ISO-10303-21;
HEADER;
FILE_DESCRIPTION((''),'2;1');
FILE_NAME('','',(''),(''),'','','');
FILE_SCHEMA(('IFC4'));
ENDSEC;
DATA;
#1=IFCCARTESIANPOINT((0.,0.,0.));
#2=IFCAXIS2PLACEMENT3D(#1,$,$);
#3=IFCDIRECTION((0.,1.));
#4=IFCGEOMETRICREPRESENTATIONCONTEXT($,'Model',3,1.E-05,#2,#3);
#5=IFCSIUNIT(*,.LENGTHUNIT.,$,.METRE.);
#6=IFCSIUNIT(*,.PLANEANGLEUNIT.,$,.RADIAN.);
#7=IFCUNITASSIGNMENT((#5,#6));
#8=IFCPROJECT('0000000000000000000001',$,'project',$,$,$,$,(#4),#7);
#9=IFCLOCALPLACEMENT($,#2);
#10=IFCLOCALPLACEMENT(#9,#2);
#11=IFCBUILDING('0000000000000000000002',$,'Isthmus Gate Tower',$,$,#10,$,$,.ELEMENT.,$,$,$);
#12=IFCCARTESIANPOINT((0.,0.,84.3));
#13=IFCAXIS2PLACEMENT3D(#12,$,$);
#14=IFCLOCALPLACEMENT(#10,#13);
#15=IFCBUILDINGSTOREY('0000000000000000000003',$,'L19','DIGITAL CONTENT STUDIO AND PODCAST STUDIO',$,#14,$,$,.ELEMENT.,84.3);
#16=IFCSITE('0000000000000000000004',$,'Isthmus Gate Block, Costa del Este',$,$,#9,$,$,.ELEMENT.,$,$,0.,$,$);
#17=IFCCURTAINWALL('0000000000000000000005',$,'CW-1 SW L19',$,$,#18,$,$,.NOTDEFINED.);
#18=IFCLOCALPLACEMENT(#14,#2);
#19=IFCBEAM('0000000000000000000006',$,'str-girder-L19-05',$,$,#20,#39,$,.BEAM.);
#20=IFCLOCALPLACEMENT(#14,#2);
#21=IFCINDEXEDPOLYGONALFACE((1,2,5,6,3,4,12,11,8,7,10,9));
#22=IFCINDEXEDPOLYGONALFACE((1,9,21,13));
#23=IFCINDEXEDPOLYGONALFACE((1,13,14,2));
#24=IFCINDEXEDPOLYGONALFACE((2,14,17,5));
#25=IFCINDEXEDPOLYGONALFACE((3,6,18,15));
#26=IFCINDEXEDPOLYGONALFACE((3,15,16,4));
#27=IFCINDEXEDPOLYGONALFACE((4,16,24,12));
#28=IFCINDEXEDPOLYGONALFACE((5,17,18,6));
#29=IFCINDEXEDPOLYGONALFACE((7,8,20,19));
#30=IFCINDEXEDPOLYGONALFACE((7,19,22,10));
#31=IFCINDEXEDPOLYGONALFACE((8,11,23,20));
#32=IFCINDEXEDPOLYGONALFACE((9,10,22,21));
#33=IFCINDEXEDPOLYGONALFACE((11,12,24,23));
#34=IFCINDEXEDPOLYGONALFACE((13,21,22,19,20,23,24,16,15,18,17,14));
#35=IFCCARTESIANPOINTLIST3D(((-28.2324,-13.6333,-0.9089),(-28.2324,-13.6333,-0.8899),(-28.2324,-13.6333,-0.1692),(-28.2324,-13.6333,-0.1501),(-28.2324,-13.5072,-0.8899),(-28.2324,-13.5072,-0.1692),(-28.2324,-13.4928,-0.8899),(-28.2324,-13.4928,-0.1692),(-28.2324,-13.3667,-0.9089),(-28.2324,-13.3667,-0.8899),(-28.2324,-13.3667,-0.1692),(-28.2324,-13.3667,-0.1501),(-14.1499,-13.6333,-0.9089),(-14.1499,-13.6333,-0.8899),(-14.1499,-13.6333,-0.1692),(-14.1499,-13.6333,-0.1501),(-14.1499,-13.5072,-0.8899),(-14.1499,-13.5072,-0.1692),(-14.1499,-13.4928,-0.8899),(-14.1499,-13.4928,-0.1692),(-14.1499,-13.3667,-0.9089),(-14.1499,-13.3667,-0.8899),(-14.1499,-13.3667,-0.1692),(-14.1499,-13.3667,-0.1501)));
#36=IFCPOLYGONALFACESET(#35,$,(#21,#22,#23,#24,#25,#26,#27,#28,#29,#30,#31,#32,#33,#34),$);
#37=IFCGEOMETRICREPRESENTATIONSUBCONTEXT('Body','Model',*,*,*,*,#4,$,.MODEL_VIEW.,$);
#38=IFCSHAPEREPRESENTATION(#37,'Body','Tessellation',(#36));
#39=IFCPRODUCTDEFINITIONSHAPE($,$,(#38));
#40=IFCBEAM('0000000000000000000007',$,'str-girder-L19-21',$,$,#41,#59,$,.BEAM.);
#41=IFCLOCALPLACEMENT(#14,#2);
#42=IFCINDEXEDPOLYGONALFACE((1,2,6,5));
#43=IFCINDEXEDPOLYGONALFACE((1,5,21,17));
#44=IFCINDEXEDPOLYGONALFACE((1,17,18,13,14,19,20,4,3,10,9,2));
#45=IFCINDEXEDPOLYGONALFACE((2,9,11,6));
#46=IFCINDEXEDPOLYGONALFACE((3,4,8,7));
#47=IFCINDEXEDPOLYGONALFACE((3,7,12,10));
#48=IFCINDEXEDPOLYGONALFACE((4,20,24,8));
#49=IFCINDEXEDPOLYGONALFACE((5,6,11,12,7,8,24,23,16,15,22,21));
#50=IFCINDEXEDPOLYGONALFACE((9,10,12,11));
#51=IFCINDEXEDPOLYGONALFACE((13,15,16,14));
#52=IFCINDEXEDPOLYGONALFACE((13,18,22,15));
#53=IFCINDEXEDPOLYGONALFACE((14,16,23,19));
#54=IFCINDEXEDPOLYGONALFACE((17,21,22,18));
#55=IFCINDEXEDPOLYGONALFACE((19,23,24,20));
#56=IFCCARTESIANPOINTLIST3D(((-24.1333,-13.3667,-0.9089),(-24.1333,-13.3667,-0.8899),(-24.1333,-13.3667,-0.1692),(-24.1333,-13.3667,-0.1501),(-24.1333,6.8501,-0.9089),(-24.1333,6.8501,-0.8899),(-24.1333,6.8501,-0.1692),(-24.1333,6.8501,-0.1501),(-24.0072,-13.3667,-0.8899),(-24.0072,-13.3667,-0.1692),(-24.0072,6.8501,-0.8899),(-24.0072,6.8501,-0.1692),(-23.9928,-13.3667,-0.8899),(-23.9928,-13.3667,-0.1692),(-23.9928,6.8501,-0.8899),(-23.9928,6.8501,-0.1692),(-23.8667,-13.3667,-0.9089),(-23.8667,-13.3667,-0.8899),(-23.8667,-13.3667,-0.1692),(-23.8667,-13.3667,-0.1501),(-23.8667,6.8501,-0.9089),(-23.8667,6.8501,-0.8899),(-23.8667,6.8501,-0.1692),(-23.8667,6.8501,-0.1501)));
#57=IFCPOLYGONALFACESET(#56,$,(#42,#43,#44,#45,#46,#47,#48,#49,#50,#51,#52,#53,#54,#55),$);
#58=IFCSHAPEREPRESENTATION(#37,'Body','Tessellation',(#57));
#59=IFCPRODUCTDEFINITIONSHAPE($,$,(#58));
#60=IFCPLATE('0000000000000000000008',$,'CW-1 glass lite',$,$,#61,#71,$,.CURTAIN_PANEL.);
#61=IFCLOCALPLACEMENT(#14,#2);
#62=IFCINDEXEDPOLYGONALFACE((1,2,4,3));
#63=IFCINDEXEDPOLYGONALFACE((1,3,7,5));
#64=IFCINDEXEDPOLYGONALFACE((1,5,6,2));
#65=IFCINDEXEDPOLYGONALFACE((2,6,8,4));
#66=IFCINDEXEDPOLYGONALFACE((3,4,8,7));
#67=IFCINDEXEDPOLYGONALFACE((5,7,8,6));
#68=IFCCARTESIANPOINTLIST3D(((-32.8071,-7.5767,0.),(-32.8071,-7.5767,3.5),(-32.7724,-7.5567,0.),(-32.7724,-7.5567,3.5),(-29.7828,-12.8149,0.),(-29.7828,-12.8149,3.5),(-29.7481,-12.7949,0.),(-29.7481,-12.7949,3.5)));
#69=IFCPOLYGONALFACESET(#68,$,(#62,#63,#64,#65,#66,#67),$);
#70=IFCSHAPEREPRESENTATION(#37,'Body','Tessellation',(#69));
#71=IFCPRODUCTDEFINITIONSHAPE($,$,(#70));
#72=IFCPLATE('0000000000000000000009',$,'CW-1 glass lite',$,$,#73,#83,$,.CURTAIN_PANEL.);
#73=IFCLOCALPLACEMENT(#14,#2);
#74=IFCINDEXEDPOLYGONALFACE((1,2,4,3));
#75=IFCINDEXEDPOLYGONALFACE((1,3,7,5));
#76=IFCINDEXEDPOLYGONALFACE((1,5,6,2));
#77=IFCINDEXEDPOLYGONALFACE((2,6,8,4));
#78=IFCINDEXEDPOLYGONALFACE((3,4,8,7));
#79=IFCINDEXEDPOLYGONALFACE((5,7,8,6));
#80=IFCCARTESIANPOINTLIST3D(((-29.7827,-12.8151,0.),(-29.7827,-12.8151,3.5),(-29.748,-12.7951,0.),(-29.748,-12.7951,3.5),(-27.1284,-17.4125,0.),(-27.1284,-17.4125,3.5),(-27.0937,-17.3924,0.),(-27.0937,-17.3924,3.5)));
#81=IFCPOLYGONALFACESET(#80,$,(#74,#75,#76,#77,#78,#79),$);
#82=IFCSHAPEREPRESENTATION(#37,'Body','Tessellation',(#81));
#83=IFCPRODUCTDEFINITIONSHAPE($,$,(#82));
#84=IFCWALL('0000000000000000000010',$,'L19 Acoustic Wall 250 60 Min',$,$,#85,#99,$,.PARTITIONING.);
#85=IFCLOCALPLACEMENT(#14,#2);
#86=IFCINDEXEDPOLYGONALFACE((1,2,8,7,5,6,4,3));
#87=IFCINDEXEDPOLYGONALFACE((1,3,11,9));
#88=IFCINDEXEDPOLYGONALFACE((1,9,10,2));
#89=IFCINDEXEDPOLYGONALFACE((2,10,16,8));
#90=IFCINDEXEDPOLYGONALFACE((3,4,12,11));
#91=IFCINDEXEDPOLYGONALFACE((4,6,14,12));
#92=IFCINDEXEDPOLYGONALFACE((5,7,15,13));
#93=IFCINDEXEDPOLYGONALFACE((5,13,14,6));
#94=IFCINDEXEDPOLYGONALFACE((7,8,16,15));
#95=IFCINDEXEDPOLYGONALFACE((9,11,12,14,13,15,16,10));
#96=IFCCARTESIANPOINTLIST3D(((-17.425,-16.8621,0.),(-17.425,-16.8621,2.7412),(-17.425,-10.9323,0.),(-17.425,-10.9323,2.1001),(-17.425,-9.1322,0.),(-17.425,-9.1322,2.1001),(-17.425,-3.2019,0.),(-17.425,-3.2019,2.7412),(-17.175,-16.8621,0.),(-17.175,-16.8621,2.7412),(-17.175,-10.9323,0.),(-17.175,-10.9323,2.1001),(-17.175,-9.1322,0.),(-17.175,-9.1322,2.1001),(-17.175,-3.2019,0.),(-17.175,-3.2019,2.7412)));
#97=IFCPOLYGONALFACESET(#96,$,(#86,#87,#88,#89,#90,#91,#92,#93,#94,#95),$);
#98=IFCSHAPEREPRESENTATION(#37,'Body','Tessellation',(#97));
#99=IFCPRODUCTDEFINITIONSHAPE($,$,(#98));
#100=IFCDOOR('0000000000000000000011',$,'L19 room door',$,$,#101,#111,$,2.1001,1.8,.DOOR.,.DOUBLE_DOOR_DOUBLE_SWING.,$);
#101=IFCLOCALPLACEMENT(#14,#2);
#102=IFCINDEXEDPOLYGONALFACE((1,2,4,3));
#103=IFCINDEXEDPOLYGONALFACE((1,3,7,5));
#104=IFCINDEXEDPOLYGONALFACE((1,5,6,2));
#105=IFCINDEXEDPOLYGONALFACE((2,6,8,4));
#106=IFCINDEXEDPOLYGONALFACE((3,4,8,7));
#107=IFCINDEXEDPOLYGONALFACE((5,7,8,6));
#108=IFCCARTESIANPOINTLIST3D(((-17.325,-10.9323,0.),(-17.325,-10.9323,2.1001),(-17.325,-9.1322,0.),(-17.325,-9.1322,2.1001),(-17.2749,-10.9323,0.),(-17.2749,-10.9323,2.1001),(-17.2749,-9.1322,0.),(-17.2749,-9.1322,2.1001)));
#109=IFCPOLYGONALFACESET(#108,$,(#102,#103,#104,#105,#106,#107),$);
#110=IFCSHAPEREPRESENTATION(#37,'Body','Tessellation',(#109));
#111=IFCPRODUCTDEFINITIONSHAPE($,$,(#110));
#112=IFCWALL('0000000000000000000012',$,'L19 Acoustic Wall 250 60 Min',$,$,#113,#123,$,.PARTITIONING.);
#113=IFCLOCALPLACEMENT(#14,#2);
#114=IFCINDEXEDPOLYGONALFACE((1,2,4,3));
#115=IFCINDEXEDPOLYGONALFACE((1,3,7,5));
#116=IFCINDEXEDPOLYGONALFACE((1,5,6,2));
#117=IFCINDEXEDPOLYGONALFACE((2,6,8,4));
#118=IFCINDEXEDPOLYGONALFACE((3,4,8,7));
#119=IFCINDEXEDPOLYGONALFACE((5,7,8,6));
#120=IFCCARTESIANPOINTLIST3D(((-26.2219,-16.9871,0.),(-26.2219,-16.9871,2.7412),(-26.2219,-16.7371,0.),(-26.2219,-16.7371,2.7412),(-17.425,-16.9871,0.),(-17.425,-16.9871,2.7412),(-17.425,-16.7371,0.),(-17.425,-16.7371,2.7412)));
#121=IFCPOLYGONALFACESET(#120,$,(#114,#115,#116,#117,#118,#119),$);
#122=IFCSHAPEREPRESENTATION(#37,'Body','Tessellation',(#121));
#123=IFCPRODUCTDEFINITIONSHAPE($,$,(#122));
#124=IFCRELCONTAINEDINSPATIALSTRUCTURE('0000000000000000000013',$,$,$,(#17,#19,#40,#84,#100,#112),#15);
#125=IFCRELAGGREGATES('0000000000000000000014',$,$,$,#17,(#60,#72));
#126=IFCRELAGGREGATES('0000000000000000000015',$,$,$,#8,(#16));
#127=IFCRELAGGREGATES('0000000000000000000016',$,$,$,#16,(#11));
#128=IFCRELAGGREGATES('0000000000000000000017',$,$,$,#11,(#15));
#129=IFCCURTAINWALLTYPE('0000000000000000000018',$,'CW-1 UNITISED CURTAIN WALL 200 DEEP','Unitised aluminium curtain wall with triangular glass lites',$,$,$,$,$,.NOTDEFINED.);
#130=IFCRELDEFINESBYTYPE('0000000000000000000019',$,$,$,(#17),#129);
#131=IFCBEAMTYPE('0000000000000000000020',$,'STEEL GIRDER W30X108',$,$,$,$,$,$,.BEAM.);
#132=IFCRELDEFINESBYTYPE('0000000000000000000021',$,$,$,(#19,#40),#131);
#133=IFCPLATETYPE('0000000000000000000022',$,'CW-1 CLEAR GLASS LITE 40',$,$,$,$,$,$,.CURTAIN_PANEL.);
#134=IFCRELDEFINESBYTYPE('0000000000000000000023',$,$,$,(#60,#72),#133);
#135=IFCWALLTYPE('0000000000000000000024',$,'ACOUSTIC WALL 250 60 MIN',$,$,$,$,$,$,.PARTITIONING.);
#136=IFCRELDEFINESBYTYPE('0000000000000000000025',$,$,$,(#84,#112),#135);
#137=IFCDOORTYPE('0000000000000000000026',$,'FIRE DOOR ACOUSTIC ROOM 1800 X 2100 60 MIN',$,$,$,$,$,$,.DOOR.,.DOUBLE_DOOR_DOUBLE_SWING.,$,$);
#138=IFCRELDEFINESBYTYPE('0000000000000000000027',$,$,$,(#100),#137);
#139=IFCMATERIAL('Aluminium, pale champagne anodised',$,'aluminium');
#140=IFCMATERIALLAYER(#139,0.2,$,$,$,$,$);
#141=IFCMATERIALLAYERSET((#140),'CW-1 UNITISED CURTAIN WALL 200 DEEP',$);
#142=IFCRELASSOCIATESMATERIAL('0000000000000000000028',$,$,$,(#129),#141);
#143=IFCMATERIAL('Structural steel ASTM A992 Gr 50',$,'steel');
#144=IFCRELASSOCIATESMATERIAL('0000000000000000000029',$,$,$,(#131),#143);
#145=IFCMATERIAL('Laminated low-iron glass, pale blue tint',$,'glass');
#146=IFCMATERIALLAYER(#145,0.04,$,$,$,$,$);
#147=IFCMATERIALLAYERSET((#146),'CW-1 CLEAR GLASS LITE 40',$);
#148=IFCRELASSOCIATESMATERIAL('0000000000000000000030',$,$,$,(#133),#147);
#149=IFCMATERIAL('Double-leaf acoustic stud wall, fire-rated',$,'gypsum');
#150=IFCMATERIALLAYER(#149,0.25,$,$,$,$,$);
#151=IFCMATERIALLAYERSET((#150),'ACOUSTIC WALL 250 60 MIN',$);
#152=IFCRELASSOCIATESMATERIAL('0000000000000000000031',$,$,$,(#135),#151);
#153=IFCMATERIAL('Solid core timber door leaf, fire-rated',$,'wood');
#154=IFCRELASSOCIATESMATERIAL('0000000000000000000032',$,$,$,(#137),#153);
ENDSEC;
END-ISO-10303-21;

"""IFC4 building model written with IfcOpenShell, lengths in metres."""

from ifc_helpers import new_model, si_unit, direction, frame, frame_2d, origin, origin_2d, place, context, subcontext, project, spatial, rectangle, i_section, extrude, material, layer, layer_set, material_profile, profile_set, type_object, element, fill, aggregate, save


model = new_model("IFC4")

# Units and contexts
model_context = context("Model", 3, precision=1e-05, world=origin(), true_north=direction((0.0, 1.0)))
body_context = subcontext(model_context, "Body", "Model", "MODEL_VIEW")
ifc_project = project(units=[si_unit("LENGTHUNIT", "METRE"), si_unit("PLANEANGLEUNIT", "RADIAN")], contexts=[model_context])

# Site, building, storey
site_placement = place(None, origin())
site = spatial("IfcSite", under=ifc_project, at=site_placement, Name="Isthmus Gate Block, Costa del Este", CompositionType="ELEMENT", RefElevation=0.0)
building_placement = place(site_placement, origin())
building = spatial("IfcBuilding", under=site, at=building_placement, Name="Isthmus Gate Tower", CompositionType="ELEMENT")
storey_placement = place(building_placement, frame((0.0, 0.0, 84.3)))
storey = spatial("IfcBuildingStorey", under=building, at=storey_placement, Name="L19", Description="DIGITAL CONTENT STUDIO AND PODCAST STUDIO", CompositionType="ELEMENT", Elevation=84.3)

# Curtain wall
ifc_material_1 = material(Name="Aluminium, pale champagne anodised", Category="aluminium")
ifc_layer_1 = layer(ifc_material_1, 0.2)
ifc_layer_set_1 = layer_set([ifc_layer_1], Name="CW-1 UNITISED CURTAIN WALL 200 DEEP")
curtain_wall_type = type_object("IfcCurtainWallType", Name="CW-1 UNITISED CURTAIN WALL 200 DEEP", Description="Unitised aluminium curtain wall with triangular glass lites", PredefinedType="NOTDEFINED", material=ifc_layer_set_1)
curtain_wall_placement = place(storey_placement, origin())
curtain_wall = element("IfcCurtainWall", 1, at=curtain_wall_placement, inside=storey, type_object=curtain_wall_type, Name="CW-1 SW L19", PredefinedType="NOTDEFINED")

# Beams
ifc_material_2 = material(Name="Structural steel ASTM A992 Gr 50", Category="steel")
ifc_material_profile_1 = material_profile(ifc_material_2, i_section(OverallWidth=0.2666, OverallDepth=0.7588, WebThickness=0.0144, FlangeThickness=0.019, at=origin_2d()), Name="W30X108")
ifc_profile_set_1 = profile_set([ifc_material_profile_1], Name="Structural steel ASTM A992 Gr 50")
beam_type_1 = type_object("IfcBeamType", Name="STEEL GIRDER W30X108", PredefinedType="BEAM", material=ifc_profile_set_1)
beam_1_placement = place(storey_placement, frame((-28.2324, -13.5, -0.5295), z_axis=(1.0, 0.0, 0.0), x_axis=(0.0, 1.0, 0.0)))
element("IfcBeam", 2, at=beam_1_placement, inside=storey, type_object=beam_type_1, Name="str-girder-L19-05", PredefinedType="BEAM", context=body_context, shape_type="SweptSolid", body=[
    extrude(i_section(OverallWidth=0.2666, OverallDepth=0.7588, WebThickness=0.0144, FlangeThickness=0.019, at=origin_2d()), origin(), (0.0, 0.0, 1.0), 14.0825),
])
beam_2_placement = place(storey_placement, frame((-24.0, -13.3667, -0.5295), z_axis=(0.0, 1.0, 0.0), x_axis=(-1.0, 0.0, 0.0)))
element("IfcBeam", 3, at=beam_2_placement, inside=storey, type_object=beam_type_1, Name="str-girder-L19-21", PredefinedType="BEAM", context=body_context, shape_type="SweptSolid", body=[
    extrude(i_section(OverallWidth=0.2666, OverallDepth=0.7588, WebThickness=0.0144, FlangeThickness=0.019, at=origin_2d()), origin(), (0.0, 0.0, 1.0), 20.2168),
])

# Plates
ifc_material_3 = material(Name="Laminated low-iron glass, pale blue tint", Category="glass")
ifc_layer_2 = layer(ifc_material_3, 0.04)
ifc_layer_set_2 = layer_set([ifc_layer_2], Name="CW-1 CLEAR GLASS LITE 40")
plate_type = type_object("IfcPlateType", Name="CW-1 CLEAR GLASS LITE 40", PredefinedType="CURTAIN_PANEL", material=ifc_layer_set_2)
plate_1_placement = place(storey_placement, frame((-31.2776, -10.1858, 0.0), z_axis=(0.0, 0.0, 1.0), x_axis=(0.5, -0.866025, 0.0)))
plate_1 = element("IfcPlate", 4, at=plate_1_placement, type_object=plate_type, Name="CW-1 glass lite", PredefinedType="CURTAIN_PANEL", context=body_context, shape_type="SweptSolid", body=[
    extrude(rectangle(XDim=6.0486, YDim=0.04, at=origin_2d()), origin(), (0.0, 0.0, 1.0), 3.5),
])
plate_2_placement = place(storey_placement, frame((-28.4382, -15.1038, 0.0), z_axis=(0.0, 0.0, 1.0), x_axis=(0.5, -0.866025, 0.0)))
plate_2 = element("IfcPlate", 5, at=plate_2_placement, type_object=plate_type, Name="CW-1 glass lite", PredefinedType="CURTAIN_PANEL", context=body_context, shape_type="SweptSolid", body=[
    extrude(rectangle(XDim=5.3086, YDim=0.04, at=origin_2d()), origin(), (0.0, 0.0, 1.0), 3.5),
])
aggregate(curtain_wall, [plate_1, plate_2])

# Wall, opening, door
ifc_material_4 = material(Name="Double-leaf acoustic stud wall, fire-rated", Category="gypsum")
ifc_layer_3 = layer(ifc_material_4, 0.25)
ifc_layer_set_3 = layer_set([ifc_layer_3], Name="ACOUSTIC WALL 250 60 MIN")
wall_type = type_object("IfcWallType", Name="ACOUSTIC WALL 250 60 MIN", PredefinedType="PARTITIONING", material=ifc_layer_set_3)
wall_1_placement = place(storey_placement, frame((-17.3, -16.8621, 0.0), z_axis=(0.0, 0.0, 1.0), x_axis=(0.0, 1.0, 0.0)))
wall_1 = element("IfcWall", 6, at=wall_1_placement, inside=storey, type_object=wall_type, Name="L19 Acoustic Wall 250 60 Min", PredefinedType="PARTITIONING", context=body_context, shape_type="SweptSolid", body=[
    extrude(rectangle(XDim=13.6602, YDim=0.25, at=frame_2d((6.8301, 0.0))), origin(), (0.0, 0.0, 1.0), 2.7412),
])
opening_placement = place(wall_1_placement, frame((5.9299, 0.0, 0.0)))
opening = element("IfcOpeningElement", 7, at=opening_placement, cuts=wall_1, PredefinedType="OPENING", context=body_context, shape_type="SweptSolid", body=[
    extrude(rectangle(XDim=1.8, YDim=2.1001, at=frame_2d((0.8999, 1.05))), frame((0.0, 0.135, 0.0), z_axis=(0.0, -1.0, 0.0), x_axis=(1.0, 0.0, 0.0)), (0.0, 0.0, 1.0), 0.27),
])
ifc_material_5 = material(Name="Solid core timber door leaf, fire-rated", Category="wood")
door_type = type_object("IfcDoorType", Name="FIRE DOOR ACOUSTIC ROOM 1800 X 2100 60 MIN", OperationType="DOUBLE_DOOR_DOUBLE_SWING", PredefinedType="DOOR", material=ifc_material_5)
door_placement = place(opening_placement, origin())
door = element("IfcDoor", 8, at=door_placement, inside=storey, type_object=door_type, Name="L19 room door", OperationType="DOUBLE_DOOR_DOUBLE_SWING", OverallHeight=2.1001, OverallWidth=1.8, PredefinedType="DOOR", context=body_context, shape_type="SweptSolid", body=[
    extrude(rectangle(XDim=1.8, YDim=2.1001, at=frame_2d((0.8999, 1.05))), frame((0.0, 0.0249, 0.0), z_axis=(0.0, -1.0, 0.0), x_axis=(1.0, 0.0, 0.0)), (0.0, 0.0, 1.0), 0.05),
])
fill(opening, door)

# Wall
wall_2_placement = place(storey_placement, frame((-26.2219, -16.8621, 0.0), z_axis=(0.0, 0.0, 1.0), x_axis=(1.0, 0.0, 0.0)))
element("IfcWall", 9, at=wall_2_placement, inside=storey, type_object=wall_type, Name="L19 Acoustic Wall 250 60 Min", PredefinedType="PARTITIONING", context=body_context, shape_type="SweptSolid", body=[
    extrude(rectangle(XDim=8.7969, YDim=0.25, at=frame_2d((4.3984, 0.0))), origin(), (0.0, 0.0, 1.0), 2.7412),
])

save(model, "model.ifc")
